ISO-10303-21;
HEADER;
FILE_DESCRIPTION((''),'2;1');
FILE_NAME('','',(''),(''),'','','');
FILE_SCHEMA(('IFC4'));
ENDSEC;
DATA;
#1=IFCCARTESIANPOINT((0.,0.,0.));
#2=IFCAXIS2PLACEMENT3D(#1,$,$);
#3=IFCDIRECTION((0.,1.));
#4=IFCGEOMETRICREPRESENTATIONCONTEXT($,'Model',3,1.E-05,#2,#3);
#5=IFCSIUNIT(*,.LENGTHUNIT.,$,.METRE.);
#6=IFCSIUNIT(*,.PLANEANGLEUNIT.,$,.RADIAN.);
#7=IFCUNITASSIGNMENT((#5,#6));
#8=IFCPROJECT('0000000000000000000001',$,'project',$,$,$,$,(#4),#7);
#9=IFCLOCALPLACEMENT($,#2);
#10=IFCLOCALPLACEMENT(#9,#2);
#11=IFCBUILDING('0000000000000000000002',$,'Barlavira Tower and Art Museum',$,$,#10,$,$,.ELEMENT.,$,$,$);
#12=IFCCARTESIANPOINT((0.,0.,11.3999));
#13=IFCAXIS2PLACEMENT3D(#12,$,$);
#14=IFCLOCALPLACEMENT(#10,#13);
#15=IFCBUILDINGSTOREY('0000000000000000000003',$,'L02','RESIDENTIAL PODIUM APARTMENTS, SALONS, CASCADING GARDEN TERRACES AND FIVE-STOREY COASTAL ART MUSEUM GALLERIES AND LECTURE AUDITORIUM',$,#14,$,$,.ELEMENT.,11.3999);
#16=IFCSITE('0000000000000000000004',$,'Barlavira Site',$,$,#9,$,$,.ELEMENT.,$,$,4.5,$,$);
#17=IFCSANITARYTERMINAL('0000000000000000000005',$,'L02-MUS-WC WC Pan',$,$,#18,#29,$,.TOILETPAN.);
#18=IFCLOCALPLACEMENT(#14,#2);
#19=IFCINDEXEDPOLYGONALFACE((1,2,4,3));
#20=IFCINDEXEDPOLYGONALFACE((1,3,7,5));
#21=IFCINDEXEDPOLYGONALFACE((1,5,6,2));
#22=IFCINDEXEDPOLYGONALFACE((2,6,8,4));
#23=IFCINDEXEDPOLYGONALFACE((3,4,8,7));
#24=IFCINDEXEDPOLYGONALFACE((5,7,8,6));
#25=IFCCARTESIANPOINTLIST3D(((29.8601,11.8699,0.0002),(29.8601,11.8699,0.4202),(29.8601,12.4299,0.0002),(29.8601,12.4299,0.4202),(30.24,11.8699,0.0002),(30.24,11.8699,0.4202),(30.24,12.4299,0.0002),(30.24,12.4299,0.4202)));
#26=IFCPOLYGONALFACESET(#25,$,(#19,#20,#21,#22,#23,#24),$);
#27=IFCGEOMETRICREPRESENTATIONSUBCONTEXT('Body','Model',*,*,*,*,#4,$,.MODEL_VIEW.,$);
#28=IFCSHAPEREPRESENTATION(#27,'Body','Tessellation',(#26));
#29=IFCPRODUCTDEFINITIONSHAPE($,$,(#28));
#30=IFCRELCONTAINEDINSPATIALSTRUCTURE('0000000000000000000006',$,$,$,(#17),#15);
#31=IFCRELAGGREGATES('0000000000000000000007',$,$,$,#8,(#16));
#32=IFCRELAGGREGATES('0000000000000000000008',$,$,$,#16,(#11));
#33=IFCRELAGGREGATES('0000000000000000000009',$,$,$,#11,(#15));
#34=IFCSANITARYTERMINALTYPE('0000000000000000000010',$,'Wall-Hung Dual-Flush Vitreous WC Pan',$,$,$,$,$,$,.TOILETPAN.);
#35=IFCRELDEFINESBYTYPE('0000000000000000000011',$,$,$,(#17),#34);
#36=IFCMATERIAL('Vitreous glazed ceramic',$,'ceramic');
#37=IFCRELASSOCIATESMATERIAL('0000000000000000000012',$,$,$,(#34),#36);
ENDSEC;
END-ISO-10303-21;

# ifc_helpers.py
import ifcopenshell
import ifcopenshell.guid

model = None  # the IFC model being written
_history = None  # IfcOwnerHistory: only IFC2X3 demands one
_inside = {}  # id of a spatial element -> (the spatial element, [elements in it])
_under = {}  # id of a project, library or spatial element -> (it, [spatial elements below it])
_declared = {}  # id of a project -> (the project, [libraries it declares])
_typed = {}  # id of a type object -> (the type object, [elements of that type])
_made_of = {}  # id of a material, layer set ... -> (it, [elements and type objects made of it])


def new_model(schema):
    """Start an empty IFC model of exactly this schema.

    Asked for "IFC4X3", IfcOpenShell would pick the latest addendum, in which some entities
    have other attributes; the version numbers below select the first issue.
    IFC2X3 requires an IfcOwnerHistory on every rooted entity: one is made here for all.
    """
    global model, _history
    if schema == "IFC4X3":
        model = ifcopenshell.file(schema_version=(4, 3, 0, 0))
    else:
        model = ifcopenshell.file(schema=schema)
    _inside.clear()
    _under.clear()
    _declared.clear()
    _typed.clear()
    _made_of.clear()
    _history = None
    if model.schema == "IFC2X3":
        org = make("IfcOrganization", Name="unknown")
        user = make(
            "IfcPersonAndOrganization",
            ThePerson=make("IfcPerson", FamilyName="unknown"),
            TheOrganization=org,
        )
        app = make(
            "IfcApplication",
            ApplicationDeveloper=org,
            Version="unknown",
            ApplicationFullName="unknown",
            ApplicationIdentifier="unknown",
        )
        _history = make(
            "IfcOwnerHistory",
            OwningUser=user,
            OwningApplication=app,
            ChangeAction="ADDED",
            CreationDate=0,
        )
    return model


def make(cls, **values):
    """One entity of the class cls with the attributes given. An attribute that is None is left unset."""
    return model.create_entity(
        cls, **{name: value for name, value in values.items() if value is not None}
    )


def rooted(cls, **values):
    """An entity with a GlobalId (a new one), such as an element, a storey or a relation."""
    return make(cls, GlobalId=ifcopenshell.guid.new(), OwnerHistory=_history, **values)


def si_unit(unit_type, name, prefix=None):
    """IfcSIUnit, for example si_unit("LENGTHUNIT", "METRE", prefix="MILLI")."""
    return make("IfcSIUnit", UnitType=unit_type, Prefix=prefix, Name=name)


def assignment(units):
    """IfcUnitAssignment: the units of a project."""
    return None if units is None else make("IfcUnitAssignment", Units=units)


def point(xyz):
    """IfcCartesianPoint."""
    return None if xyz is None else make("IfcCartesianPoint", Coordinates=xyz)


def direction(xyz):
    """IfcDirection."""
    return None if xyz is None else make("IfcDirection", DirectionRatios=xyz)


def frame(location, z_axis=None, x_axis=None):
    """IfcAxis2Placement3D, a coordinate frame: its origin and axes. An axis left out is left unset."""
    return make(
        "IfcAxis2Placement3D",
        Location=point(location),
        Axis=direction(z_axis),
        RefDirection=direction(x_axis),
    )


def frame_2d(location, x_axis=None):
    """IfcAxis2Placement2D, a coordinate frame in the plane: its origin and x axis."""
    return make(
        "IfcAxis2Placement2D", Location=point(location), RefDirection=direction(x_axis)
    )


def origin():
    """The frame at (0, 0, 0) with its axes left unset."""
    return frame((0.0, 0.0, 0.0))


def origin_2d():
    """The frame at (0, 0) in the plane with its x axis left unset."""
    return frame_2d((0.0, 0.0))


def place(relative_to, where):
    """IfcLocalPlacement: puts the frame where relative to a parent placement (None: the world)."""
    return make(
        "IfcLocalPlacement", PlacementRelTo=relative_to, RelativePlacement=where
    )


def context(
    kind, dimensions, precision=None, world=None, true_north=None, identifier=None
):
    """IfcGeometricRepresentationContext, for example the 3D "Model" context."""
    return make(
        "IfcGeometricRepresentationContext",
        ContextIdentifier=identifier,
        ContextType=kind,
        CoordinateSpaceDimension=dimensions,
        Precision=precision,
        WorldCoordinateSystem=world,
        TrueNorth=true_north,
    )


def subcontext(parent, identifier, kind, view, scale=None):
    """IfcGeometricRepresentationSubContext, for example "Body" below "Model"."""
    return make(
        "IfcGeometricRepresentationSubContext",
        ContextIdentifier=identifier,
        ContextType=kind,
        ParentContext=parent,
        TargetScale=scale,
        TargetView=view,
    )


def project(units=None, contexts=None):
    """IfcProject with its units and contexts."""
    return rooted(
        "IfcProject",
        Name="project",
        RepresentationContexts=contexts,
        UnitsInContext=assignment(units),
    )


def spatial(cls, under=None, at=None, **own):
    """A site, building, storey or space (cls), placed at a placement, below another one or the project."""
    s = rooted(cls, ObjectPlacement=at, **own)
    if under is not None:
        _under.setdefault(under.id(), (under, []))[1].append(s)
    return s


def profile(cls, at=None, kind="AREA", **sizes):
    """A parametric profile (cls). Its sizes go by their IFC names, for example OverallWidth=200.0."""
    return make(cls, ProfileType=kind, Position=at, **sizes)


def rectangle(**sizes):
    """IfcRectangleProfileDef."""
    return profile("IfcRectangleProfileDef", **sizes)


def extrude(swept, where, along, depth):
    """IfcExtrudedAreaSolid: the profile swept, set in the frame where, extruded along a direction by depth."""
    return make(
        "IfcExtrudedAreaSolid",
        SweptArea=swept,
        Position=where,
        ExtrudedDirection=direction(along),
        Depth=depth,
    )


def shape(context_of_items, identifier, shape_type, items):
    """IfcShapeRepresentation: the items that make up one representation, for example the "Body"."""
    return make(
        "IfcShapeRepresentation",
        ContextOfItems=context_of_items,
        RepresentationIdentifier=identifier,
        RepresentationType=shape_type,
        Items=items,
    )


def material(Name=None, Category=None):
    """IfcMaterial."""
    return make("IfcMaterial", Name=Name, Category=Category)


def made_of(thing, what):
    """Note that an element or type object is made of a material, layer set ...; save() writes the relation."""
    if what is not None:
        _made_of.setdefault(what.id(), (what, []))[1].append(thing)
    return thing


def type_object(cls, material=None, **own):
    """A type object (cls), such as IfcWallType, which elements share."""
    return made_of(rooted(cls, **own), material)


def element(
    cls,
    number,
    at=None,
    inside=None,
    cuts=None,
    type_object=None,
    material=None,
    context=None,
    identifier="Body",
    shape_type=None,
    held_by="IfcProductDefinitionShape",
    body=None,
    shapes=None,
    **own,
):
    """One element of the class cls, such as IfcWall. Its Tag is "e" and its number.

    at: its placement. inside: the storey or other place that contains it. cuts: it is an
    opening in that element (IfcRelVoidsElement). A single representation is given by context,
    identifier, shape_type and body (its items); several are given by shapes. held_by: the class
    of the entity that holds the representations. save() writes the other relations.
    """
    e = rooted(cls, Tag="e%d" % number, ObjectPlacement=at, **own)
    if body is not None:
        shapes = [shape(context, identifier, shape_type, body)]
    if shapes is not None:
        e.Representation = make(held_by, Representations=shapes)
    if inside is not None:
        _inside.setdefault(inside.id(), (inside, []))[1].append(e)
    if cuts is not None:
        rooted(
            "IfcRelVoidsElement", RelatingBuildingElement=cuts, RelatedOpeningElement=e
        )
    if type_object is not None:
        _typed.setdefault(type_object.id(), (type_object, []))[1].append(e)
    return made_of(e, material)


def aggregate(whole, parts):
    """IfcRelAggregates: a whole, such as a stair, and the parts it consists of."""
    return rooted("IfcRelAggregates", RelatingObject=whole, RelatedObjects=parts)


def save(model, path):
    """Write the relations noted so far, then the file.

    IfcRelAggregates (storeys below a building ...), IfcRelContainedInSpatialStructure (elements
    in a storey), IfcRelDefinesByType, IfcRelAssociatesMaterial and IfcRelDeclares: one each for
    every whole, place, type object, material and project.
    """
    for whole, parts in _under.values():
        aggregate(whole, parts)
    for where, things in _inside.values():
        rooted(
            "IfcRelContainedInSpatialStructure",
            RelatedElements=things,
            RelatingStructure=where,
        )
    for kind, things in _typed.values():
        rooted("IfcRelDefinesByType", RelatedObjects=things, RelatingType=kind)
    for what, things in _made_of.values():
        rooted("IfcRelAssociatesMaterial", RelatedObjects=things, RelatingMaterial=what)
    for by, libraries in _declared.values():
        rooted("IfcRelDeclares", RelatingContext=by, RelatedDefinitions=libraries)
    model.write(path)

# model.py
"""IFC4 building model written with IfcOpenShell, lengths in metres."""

from ifc_helpers import new_model, si_unit, direction, frame, origin, origin_2d, place, context, subcontext, project, spatial, rectangle, extrude, material, type_object, element, save


model = new_model("IFC4")

# Units and contexts
model_context = context("Model", 3, precision=1e-05, world=origin(), true_north=direction((0.0, 1.0)))
body_context = subcontext(model_context, "Body", "Model", "MODEL_VIEW")
ifc_project = project(units=[si_unit("LENGTHUNIT", "METRE"), si_unit("PLANEANGLEUNIT", "RADIAN")], contexts=[model_context])

# Site, building, storey
site_placement = place(None, origin())
site = spatial("IfcSite", under=ifc_project, at=site_placement, Name="Barlavira Site", CompositionType="ELEMENT", RefElevation=4.5)
building_placement = place(site_placement, origin())
building = spatial("IfcBuilding", under=site, at=building_placement, Name="Barlavira Tower and Art Museum", CompositionType="ELEMENT")
storey_placement = place(building_placement, frame((0.0, 0.0, 11.3999)))
storey = spatial("IfcBuildingStorey", under=building, at=storey_placement, Name="L02", Description="RESIDENTIAL PODIUM APARTMENTS, SALONS, CASCADING GARDEN TERRACES AND FIVE-STOREY COASTAL ART MUSEUM GALLERIES AND LECTURE AUDITORIUM", CompositionType="ELEMENT", Elevation=11.3999)

# Sanitary terminal
ifc_material_1 = material(Name="Vitreous glazed ceramic", Category="ceramic")
sanitary_terminal_type = type_object("IfcSanitaryTerminalType", Name="Wall-Hung Dual-Flush Vitreous WC Pan", PredefinedType="TOILETPAN", material=ifc_material_1)
sanitary_terminal_placement = place(storey_placement, frame((30.05, 12.1499, 0.0002), z_axis=(0.0, 0.0, 1.0), x_axis=(1.0, 0.0, 0.0)))
element("IfcSanitaryTerminal", 1, at=sanitary_terminal_placement, inside=storey, type_object=sanitary_terminal_type, Name="L02-MUS-WC WC Pan", PredefinedType="TOILETPAN", context=body_context, shape_type="SweptSolid", body=[
    extrude(rectangle(XDim=0.3799, YDim=0.5601, at=origin_2d()), origin(), (0.0, 0.0, 1.0), 0.4199),
])

save(model, "model.ifc")
